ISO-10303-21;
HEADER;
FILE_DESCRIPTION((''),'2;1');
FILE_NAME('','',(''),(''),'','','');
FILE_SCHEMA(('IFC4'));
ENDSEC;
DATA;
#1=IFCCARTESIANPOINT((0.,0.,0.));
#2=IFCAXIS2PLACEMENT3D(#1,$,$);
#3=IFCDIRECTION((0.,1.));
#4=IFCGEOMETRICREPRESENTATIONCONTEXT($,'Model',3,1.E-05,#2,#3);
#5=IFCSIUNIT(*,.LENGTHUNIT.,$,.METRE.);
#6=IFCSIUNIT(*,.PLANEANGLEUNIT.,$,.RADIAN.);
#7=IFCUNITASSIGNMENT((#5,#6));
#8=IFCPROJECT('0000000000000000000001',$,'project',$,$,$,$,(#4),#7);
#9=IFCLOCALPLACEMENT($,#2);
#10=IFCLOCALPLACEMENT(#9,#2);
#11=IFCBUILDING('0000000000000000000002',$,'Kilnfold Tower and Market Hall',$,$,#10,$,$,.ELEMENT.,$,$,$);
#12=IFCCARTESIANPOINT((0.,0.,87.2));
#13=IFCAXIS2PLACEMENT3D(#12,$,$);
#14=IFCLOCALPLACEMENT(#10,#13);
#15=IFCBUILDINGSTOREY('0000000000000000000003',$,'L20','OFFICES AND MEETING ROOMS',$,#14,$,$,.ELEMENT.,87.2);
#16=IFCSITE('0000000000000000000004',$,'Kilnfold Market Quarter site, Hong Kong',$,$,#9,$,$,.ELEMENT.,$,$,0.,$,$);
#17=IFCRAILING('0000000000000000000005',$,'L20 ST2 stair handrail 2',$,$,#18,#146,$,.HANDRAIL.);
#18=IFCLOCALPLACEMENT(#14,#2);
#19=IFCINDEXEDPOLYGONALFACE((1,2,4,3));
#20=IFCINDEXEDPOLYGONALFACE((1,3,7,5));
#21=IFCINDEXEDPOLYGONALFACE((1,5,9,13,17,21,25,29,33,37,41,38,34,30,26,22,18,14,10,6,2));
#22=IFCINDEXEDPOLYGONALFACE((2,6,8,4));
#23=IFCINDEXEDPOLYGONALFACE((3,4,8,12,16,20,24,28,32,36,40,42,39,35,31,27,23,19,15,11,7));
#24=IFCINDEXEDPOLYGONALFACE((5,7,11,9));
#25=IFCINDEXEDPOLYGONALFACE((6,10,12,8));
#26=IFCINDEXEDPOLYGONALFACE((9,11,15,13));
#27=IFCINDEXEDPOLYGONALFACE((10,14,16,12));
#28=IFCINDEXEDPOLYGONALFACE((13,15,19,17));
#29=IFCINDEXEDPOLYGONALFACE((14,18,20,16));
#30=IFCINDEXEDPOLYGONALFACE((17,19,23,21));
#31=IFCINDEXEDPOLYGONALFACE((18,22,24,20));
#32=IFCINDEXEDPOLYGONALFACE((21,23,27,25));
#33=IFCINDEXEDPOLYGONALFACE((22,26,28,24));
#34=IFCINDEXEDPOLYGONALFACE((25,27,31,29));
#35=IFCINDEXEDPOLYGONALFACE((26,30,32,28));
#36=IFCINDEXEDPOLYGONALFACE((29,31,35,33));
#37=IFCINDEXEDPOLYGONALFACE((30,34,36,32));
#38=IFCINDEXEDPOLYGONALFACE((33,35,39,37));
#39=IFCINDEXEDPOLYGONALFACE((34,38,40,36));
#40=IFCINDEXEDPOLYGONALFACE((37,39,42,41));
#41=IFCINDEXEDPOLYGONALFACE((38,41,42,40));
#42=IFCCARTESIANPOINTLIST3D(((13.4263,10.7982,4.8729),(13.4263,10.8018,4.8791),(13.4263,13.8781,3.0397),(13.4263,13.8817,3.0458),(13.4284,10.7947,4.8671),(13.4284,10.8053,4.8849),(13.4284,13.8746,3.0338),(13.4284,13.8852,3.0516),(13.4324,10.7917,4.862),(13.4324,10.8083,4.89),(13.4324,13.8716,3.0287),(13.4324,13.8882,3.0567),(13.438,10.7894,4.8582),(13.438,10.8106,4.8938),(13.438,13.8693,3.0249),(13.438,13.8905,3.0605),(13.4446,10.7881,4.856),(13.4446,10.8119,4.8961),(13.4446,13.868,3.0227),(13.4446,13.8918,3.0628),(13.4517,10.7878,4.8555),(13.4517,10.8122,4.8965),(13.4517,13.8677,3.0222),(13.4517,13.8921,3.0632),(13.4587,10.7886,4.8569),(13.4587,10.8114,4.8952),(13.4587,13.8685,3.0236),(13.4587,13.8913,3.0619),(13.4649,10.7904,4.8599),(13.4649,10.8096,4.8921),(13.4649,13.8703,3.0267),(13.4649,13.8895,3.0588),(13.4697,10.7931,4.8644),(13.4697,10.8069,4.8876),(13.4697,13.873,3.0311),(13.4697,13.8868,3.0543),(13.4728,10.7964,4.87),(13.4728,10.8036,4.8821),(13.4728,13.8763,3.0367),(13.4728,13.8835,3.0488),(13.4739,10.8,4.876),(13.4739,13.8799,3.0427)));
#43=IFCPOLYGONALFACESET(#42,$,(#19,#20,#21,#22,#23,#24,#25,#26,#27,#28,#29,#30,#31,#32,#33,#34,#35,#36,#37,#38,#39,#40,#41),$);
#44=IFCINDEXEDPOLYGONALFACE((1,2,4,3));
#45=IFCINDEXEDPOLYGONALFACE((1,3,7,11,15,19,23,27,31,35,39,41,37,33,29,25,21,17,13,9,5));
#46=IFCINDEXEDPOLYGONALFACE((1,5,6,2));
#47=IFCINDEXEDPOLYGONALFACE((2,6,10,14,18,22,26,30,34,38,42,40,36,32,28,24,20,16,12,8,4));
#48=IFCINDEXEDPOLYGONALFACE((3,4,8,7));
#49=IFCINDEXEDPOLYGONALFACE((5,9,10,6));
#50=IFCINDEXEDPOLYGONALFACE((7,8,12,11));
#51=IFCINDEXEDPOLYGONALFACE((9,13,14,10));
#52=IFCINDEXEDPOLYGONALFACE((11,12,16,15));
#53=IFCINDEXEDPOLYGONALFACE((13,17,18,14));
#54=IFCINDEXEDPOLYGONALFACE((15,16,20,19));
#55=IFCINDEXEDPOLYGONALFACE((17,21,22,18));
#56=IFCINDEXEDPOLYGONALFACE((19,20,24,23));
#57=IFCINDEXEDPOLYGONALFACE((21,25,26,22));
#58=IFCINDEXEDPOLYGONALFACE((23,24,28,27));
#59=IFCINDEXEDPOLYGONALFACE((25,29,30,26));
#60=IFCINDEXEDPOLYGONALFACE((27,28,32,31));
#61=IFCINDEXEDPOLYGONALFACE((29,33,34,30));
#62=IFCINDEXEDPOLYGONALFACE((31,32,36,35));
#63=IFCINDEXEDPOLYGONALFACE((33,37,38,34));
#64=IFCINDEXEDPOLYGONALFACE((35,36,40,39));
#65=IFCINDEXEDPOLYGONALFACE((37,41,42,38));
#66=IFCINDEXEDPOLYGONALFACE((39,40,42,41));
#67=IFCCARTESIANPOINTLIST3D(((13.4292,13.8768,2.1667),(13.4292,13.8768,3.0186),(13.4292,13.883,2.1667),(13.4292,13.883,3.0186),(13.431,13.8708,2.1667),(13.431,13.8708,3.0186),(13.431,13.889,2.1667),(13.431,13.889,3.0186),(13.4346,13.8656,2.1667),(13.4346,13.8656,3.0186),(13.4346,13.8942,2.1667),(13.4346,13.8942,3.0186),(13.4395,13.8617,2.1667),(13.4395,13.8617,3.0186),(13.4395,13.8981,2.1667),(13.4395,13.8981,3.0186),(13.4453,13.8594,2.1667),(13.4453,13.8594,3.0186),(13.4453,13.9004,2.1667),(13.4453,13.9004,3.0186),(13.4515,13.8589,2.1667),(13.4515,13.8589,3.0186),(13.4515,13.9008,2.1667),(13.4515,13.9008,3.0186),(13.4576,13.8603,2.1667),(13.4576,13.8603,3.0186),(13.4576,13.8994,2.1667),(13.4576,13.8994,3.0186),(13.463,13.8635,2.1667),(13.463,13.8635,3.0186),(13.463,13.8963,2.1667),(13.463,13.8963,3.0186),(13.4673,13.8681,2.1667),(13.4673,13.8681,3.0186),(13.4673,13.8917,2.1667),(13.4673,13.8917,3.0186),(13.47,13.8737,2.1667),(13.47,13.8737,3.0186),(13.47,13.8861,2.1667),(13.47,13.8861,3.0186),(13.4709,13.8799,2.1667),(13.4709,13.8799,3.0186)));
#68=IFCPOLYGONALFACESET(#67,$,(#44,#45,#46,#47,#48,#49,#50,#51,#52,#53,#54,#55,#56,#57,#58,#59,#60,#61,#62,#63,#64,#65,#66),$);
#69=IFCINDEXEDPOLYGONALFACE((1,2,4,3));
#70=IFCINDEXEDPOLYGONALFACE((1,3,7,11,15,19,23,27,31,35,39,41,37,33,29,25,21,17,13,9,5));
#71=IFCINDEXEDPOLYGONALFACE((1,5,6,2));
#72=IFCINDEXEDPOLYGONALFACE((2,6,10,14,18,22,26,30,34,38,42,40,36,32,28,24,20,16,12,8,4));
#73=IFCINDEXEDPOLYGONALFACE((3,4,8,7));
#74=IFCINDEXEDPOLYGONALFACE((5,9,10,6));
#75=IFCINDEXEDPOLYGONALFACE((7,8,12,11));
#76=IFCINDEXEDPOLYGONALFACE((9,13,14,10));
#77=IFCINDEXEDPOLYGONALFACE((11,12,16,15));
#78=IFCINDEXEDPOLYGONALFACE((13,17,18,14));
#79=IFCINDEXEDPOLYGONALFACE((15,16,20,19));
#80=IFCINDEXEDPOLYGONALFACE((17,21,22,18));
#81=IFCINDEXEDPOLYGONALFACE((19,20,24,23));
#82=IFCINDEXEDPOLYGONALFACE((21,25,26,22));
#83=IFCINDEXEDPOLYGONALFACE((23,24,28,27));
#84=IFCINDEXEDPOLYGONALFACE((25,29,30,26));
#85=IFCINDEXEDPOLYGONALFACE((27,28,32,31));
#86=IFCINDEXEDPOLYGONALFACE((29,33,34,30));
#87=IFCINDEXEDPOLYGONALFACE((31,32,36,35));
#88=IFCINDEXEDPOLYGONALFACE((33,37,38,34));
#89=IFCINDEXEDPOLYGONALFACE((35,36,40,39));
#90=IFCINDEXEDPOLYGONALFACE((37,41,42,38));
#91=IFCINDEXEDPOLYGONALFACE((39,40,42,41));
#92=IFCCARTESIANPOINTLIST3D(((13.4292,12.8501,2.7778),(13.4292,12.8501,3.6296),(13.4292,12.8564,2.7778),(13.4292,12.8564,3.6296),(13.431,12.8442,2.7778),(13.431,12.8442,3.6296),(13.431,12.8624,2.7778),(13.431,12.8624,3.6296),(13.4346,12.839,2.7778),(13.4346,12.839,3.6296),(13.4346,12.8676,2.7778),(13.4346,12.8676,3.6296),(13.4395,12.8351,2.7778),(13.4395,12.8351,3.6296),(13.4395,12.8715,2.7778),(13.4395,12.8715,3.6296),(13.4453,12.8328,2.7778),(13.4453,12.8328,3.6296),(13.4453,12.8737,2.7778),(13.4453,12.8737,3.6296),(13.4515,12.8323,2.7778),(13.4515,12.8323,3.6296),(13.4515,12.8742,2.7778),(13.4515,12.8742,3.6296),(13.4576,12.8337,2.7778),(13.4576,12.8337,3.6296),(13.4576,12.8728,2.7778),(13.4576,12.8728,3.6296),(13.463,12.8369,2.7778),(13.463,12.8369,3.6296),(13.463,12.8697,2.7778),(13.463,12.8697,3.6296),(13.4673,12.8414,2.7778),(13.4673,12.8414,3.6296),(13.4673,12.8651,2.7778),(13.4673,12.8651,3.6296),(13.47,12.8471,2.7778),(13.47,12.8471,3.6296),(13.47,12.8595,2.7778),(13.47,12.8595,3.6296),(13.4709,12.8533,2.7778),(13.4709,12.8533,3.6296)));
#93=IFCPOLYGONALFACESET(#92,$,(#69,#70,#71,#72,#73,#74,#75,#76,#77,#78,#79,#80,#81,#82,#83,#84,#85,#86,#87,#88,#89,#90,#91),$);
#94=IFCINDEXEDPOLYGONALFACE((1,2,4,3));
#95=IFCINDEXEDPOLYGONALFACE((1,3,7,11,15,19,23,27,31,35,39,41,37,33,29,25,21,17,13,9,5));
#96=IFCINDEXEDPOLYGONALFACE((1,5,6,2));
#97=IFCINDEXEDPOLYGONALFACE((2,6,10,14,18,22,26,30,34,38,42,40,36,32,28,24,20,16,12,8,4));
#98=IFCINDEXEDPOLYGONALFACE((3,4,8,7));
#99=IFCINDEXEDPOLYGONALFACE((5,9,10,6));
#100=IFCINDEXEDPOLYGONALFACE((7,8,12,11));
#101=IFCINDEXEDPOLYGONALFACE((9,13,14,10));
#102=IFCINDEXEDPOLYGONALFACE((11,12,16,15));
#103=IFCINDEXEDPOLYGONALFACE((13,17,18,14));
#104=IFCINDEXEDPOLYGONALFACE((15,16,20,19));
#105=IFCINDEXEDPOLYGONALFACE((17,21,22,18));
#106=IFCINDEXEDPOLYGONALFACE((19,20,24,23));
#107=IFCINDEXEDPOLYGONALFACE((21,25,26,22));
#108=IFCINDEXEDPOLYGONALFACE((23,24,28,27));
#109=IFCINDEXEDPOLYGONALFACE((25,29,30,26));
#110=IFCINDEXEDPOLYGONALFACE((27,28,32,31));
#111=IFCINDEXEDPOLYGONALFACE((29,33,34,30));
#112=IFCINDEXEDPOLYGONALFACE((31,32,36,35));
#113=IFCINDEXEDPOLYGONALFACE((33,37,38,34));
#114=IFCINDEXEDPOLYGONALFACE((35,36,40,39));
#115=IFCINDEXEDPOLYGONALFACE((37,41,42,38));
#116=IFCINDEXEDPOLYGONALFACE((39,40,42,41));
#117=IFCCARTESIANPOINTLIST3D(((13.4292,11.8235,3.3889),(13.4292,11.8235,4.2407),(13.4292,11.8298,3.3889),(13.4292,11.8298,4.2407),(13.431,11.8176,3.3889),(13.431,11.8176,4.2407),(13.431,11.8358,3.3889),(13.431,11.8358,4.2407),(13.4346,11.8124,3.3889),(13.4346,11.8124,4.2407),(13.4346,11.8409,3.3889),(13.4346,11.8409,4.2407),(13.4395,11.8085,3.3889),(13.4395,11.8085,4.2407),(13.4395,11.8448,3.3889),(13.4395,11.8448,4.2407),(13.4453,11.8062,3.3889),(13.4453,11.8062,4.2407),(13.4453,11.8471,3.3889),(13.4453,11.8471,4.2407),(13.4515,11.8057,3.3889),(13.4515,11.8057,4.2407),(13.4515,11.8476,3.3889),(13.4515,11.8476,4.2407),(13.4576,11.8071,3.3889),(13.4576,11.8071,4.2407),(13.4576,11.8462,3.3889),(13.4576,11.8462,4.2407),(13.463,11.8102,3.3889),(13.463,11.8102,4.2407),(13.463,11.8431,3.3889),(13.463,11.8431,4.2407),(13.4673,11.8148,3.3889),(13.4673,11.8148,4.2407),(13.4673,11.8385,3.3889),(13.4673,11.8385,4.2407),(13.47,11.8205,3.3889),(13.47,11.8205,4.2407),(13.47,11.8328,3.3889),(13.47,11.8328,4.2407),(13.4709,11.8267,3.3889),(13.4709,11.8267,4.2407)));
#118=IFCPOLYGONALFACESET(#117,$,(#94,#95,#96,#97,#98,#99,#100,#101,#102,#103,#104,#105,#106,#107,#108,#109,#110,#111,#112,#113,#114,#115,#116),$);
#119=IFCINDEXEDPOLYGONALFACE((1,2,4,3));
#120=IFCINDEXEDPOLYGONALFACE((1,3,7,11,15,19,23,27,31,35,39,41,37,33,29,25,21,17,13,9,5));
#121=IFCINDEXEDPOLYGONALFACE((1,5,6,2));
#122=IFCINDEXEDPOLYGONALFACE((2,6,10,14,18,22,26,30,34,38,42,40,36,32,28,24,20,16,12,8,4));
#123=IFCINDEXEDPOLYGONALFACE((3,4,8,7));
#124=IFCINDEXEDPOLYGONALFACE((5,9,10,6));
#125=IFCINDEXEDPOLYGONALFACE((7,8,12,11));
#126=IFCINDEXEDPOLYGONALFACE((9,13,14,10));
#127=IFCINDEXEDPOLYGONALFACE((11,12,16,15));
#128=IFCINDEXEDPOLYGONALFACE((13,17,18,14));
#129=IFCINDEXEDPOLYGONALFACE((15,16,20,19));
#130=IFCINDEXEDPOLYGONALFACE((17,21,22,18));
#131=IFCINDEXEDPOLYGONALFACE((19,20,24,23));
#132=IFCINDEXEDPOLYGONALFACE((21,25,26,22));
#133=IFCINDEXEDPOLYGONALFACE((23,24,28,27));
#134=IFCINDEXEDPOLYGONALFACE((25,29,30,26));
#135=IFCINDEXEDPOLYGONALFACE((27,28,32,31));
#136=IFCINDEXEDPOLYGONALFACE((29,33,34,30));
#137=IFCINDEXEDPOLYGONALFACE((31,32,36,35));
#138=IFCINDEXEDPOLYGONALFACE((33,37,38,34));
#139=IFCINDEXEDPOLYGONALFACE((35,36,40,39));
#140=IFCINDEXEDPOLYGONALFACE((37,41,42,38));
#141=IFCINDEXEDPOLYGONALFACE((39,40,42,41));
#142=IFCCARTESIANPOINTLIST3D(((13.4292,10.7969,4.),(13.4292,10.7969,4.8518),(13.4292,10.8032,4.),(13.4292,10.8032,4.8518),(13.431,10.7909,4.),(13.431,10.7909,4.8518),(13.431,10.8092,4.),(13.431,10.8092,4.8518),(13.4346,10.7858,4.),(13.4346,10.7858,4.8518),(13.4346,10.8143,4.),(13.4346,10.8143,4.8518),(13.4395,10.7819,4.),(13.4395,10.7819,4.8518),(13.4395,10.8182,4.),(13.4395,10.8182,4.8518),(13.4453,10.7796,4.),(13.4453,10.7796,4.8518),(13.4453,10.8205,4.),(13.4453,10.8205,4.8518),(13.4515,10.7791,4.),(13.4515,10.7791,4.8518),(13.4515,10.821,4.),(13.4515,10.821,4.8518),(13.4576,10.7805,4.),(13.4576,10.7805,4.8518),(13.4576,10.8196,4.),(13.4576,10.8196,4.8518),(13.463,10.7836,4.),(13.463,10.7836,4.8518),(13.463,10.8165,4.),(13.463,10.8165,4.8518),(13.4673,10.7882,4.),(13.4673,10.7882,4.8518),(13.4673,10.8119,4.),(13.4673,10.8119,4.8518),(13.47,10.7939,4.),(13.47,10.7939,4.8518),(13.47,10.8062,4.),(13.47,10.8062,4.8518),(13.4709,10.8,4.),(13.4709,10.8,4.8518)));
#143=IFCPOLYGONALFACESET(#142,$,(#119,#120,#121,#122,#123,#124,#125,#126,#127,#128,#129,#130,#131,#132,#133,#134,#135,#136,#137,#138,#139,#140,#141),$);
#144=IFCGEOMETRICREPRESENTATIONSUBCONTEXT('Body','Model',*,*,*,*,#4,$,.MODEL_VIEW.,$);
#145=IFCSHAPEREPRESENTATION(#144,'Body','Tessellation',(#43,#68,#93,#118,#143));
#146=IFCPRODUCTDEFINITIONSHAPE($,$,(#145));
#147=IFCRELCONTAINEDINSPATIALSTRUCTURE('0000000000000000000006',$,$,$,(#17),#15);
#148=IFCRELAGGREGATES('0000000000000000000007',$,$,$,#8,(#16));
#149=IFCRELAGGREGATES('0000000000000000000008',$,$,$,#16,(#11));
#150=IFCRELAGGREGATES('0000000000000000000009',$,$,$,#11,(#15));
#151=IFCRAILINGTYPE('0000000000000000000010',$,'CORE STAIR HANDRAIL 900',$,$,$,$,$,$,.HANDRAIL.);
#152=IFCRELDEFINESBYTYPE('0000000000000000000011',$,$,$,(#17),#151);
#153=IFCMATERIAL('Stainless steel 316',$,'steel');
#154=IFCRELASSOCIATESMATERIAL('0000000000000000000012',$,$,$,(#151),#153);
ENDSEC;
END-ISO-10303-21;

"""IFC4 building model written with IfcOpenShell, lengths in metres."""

from ifc_helpers import new_model, si_unit, direction, frame, origin, origin_2d, place, context, subcontext, project, spatial, circle, extrude, material, type_object, element, save


model = new_model("IFC4")

# Units and contexts
model_context = context("Model", 3, precision=1e-05, world=origin(), true_north=direction((0.0, 1.0)))
body_context = subcontext(model_context, "Body", "Model", "MODEL_VIEW")
ifc_project = project(units=[si_unit("LENGTHUNIT", "METRE"), si_unit("PLANEANGLEUNIT", "RADIAN")], contexts=[model_context])

# Site, building, storey
site_placement = place(None, origin())
site = spatial("IfcSite", under=ifc_project, at=site_placement, Name="Kilnfold Market Quarter site, Hong Kong", CompositionType="ELEMENT", RefElevation=0.0)
building_placement = place(site_placement, origin())
building = spatial("IfcBuilding", under=site, at=building_placement, Name="Kilnfold Tower and Market Hall", CompositionType="ELEMENT")
storey_placement = place(building_placement, frame((0.0, 0.0, 87.2)))
storey = spatial("IfcBuildingStorey", under=building, at=storey_placement, Name="L20", Description="OFFICES AND MEETING ROOMS", CompositionType="ELEMENT", Elevation=87.2)

# Railing
ifc_material_1 = material(Name="Stainless steel 316", Category="steel")
railing_type_1 = type_object("IfcRailingType", Name="CORE STAIR HANDRAIL 900", PredefinedType="HANDRAIL", material=ifc_material_1)
railing_1_placement = place(storey_placement, frame((13.45, 13.8799, 2.1667)))
element("IfcRailing", 1, at=railing_1_placement, inside=storey, type_object=railing_type_1, Name="L20 ST2 stair handrail 2", PredefinedType="HANDRAIL", context=body_context, shape_type="SweptSolid", body=[
    extrude(circle(Radius=0.0239, at=origin_2d()), frame((0.0, 0.0, 0.876), z_axis=(0.0, -0.859291, 0.511487), x_axis=(1.0, 0.0, 0.0)), (0.0, 0.0, 1.0), 3.5842),
    extrude(circle(Radius=0.021, at=origin_2d()), origin(), (0.0, 0.0, 1.0), 0.8518),
    extrude(circle(Radius=0.021, at=origin_2d()), frame((0.0, -1.0266, 0.6111)), (0.0, 0.0, 1.0), 0.8518),
    extrude(circle(Radius=0.021, at=origin_2d()), frame((0.0, -2.0532, 1.2222)), (0.0, 0.0, 1.0), 0.8518),
    extrude(circle(Radius=0.021, at=origin_2d()), frame((0.0, -3.0798, 1.8333)), (0.0, 0.0, 1.0), 0.8518),
])

save(model, "model.ifc")
